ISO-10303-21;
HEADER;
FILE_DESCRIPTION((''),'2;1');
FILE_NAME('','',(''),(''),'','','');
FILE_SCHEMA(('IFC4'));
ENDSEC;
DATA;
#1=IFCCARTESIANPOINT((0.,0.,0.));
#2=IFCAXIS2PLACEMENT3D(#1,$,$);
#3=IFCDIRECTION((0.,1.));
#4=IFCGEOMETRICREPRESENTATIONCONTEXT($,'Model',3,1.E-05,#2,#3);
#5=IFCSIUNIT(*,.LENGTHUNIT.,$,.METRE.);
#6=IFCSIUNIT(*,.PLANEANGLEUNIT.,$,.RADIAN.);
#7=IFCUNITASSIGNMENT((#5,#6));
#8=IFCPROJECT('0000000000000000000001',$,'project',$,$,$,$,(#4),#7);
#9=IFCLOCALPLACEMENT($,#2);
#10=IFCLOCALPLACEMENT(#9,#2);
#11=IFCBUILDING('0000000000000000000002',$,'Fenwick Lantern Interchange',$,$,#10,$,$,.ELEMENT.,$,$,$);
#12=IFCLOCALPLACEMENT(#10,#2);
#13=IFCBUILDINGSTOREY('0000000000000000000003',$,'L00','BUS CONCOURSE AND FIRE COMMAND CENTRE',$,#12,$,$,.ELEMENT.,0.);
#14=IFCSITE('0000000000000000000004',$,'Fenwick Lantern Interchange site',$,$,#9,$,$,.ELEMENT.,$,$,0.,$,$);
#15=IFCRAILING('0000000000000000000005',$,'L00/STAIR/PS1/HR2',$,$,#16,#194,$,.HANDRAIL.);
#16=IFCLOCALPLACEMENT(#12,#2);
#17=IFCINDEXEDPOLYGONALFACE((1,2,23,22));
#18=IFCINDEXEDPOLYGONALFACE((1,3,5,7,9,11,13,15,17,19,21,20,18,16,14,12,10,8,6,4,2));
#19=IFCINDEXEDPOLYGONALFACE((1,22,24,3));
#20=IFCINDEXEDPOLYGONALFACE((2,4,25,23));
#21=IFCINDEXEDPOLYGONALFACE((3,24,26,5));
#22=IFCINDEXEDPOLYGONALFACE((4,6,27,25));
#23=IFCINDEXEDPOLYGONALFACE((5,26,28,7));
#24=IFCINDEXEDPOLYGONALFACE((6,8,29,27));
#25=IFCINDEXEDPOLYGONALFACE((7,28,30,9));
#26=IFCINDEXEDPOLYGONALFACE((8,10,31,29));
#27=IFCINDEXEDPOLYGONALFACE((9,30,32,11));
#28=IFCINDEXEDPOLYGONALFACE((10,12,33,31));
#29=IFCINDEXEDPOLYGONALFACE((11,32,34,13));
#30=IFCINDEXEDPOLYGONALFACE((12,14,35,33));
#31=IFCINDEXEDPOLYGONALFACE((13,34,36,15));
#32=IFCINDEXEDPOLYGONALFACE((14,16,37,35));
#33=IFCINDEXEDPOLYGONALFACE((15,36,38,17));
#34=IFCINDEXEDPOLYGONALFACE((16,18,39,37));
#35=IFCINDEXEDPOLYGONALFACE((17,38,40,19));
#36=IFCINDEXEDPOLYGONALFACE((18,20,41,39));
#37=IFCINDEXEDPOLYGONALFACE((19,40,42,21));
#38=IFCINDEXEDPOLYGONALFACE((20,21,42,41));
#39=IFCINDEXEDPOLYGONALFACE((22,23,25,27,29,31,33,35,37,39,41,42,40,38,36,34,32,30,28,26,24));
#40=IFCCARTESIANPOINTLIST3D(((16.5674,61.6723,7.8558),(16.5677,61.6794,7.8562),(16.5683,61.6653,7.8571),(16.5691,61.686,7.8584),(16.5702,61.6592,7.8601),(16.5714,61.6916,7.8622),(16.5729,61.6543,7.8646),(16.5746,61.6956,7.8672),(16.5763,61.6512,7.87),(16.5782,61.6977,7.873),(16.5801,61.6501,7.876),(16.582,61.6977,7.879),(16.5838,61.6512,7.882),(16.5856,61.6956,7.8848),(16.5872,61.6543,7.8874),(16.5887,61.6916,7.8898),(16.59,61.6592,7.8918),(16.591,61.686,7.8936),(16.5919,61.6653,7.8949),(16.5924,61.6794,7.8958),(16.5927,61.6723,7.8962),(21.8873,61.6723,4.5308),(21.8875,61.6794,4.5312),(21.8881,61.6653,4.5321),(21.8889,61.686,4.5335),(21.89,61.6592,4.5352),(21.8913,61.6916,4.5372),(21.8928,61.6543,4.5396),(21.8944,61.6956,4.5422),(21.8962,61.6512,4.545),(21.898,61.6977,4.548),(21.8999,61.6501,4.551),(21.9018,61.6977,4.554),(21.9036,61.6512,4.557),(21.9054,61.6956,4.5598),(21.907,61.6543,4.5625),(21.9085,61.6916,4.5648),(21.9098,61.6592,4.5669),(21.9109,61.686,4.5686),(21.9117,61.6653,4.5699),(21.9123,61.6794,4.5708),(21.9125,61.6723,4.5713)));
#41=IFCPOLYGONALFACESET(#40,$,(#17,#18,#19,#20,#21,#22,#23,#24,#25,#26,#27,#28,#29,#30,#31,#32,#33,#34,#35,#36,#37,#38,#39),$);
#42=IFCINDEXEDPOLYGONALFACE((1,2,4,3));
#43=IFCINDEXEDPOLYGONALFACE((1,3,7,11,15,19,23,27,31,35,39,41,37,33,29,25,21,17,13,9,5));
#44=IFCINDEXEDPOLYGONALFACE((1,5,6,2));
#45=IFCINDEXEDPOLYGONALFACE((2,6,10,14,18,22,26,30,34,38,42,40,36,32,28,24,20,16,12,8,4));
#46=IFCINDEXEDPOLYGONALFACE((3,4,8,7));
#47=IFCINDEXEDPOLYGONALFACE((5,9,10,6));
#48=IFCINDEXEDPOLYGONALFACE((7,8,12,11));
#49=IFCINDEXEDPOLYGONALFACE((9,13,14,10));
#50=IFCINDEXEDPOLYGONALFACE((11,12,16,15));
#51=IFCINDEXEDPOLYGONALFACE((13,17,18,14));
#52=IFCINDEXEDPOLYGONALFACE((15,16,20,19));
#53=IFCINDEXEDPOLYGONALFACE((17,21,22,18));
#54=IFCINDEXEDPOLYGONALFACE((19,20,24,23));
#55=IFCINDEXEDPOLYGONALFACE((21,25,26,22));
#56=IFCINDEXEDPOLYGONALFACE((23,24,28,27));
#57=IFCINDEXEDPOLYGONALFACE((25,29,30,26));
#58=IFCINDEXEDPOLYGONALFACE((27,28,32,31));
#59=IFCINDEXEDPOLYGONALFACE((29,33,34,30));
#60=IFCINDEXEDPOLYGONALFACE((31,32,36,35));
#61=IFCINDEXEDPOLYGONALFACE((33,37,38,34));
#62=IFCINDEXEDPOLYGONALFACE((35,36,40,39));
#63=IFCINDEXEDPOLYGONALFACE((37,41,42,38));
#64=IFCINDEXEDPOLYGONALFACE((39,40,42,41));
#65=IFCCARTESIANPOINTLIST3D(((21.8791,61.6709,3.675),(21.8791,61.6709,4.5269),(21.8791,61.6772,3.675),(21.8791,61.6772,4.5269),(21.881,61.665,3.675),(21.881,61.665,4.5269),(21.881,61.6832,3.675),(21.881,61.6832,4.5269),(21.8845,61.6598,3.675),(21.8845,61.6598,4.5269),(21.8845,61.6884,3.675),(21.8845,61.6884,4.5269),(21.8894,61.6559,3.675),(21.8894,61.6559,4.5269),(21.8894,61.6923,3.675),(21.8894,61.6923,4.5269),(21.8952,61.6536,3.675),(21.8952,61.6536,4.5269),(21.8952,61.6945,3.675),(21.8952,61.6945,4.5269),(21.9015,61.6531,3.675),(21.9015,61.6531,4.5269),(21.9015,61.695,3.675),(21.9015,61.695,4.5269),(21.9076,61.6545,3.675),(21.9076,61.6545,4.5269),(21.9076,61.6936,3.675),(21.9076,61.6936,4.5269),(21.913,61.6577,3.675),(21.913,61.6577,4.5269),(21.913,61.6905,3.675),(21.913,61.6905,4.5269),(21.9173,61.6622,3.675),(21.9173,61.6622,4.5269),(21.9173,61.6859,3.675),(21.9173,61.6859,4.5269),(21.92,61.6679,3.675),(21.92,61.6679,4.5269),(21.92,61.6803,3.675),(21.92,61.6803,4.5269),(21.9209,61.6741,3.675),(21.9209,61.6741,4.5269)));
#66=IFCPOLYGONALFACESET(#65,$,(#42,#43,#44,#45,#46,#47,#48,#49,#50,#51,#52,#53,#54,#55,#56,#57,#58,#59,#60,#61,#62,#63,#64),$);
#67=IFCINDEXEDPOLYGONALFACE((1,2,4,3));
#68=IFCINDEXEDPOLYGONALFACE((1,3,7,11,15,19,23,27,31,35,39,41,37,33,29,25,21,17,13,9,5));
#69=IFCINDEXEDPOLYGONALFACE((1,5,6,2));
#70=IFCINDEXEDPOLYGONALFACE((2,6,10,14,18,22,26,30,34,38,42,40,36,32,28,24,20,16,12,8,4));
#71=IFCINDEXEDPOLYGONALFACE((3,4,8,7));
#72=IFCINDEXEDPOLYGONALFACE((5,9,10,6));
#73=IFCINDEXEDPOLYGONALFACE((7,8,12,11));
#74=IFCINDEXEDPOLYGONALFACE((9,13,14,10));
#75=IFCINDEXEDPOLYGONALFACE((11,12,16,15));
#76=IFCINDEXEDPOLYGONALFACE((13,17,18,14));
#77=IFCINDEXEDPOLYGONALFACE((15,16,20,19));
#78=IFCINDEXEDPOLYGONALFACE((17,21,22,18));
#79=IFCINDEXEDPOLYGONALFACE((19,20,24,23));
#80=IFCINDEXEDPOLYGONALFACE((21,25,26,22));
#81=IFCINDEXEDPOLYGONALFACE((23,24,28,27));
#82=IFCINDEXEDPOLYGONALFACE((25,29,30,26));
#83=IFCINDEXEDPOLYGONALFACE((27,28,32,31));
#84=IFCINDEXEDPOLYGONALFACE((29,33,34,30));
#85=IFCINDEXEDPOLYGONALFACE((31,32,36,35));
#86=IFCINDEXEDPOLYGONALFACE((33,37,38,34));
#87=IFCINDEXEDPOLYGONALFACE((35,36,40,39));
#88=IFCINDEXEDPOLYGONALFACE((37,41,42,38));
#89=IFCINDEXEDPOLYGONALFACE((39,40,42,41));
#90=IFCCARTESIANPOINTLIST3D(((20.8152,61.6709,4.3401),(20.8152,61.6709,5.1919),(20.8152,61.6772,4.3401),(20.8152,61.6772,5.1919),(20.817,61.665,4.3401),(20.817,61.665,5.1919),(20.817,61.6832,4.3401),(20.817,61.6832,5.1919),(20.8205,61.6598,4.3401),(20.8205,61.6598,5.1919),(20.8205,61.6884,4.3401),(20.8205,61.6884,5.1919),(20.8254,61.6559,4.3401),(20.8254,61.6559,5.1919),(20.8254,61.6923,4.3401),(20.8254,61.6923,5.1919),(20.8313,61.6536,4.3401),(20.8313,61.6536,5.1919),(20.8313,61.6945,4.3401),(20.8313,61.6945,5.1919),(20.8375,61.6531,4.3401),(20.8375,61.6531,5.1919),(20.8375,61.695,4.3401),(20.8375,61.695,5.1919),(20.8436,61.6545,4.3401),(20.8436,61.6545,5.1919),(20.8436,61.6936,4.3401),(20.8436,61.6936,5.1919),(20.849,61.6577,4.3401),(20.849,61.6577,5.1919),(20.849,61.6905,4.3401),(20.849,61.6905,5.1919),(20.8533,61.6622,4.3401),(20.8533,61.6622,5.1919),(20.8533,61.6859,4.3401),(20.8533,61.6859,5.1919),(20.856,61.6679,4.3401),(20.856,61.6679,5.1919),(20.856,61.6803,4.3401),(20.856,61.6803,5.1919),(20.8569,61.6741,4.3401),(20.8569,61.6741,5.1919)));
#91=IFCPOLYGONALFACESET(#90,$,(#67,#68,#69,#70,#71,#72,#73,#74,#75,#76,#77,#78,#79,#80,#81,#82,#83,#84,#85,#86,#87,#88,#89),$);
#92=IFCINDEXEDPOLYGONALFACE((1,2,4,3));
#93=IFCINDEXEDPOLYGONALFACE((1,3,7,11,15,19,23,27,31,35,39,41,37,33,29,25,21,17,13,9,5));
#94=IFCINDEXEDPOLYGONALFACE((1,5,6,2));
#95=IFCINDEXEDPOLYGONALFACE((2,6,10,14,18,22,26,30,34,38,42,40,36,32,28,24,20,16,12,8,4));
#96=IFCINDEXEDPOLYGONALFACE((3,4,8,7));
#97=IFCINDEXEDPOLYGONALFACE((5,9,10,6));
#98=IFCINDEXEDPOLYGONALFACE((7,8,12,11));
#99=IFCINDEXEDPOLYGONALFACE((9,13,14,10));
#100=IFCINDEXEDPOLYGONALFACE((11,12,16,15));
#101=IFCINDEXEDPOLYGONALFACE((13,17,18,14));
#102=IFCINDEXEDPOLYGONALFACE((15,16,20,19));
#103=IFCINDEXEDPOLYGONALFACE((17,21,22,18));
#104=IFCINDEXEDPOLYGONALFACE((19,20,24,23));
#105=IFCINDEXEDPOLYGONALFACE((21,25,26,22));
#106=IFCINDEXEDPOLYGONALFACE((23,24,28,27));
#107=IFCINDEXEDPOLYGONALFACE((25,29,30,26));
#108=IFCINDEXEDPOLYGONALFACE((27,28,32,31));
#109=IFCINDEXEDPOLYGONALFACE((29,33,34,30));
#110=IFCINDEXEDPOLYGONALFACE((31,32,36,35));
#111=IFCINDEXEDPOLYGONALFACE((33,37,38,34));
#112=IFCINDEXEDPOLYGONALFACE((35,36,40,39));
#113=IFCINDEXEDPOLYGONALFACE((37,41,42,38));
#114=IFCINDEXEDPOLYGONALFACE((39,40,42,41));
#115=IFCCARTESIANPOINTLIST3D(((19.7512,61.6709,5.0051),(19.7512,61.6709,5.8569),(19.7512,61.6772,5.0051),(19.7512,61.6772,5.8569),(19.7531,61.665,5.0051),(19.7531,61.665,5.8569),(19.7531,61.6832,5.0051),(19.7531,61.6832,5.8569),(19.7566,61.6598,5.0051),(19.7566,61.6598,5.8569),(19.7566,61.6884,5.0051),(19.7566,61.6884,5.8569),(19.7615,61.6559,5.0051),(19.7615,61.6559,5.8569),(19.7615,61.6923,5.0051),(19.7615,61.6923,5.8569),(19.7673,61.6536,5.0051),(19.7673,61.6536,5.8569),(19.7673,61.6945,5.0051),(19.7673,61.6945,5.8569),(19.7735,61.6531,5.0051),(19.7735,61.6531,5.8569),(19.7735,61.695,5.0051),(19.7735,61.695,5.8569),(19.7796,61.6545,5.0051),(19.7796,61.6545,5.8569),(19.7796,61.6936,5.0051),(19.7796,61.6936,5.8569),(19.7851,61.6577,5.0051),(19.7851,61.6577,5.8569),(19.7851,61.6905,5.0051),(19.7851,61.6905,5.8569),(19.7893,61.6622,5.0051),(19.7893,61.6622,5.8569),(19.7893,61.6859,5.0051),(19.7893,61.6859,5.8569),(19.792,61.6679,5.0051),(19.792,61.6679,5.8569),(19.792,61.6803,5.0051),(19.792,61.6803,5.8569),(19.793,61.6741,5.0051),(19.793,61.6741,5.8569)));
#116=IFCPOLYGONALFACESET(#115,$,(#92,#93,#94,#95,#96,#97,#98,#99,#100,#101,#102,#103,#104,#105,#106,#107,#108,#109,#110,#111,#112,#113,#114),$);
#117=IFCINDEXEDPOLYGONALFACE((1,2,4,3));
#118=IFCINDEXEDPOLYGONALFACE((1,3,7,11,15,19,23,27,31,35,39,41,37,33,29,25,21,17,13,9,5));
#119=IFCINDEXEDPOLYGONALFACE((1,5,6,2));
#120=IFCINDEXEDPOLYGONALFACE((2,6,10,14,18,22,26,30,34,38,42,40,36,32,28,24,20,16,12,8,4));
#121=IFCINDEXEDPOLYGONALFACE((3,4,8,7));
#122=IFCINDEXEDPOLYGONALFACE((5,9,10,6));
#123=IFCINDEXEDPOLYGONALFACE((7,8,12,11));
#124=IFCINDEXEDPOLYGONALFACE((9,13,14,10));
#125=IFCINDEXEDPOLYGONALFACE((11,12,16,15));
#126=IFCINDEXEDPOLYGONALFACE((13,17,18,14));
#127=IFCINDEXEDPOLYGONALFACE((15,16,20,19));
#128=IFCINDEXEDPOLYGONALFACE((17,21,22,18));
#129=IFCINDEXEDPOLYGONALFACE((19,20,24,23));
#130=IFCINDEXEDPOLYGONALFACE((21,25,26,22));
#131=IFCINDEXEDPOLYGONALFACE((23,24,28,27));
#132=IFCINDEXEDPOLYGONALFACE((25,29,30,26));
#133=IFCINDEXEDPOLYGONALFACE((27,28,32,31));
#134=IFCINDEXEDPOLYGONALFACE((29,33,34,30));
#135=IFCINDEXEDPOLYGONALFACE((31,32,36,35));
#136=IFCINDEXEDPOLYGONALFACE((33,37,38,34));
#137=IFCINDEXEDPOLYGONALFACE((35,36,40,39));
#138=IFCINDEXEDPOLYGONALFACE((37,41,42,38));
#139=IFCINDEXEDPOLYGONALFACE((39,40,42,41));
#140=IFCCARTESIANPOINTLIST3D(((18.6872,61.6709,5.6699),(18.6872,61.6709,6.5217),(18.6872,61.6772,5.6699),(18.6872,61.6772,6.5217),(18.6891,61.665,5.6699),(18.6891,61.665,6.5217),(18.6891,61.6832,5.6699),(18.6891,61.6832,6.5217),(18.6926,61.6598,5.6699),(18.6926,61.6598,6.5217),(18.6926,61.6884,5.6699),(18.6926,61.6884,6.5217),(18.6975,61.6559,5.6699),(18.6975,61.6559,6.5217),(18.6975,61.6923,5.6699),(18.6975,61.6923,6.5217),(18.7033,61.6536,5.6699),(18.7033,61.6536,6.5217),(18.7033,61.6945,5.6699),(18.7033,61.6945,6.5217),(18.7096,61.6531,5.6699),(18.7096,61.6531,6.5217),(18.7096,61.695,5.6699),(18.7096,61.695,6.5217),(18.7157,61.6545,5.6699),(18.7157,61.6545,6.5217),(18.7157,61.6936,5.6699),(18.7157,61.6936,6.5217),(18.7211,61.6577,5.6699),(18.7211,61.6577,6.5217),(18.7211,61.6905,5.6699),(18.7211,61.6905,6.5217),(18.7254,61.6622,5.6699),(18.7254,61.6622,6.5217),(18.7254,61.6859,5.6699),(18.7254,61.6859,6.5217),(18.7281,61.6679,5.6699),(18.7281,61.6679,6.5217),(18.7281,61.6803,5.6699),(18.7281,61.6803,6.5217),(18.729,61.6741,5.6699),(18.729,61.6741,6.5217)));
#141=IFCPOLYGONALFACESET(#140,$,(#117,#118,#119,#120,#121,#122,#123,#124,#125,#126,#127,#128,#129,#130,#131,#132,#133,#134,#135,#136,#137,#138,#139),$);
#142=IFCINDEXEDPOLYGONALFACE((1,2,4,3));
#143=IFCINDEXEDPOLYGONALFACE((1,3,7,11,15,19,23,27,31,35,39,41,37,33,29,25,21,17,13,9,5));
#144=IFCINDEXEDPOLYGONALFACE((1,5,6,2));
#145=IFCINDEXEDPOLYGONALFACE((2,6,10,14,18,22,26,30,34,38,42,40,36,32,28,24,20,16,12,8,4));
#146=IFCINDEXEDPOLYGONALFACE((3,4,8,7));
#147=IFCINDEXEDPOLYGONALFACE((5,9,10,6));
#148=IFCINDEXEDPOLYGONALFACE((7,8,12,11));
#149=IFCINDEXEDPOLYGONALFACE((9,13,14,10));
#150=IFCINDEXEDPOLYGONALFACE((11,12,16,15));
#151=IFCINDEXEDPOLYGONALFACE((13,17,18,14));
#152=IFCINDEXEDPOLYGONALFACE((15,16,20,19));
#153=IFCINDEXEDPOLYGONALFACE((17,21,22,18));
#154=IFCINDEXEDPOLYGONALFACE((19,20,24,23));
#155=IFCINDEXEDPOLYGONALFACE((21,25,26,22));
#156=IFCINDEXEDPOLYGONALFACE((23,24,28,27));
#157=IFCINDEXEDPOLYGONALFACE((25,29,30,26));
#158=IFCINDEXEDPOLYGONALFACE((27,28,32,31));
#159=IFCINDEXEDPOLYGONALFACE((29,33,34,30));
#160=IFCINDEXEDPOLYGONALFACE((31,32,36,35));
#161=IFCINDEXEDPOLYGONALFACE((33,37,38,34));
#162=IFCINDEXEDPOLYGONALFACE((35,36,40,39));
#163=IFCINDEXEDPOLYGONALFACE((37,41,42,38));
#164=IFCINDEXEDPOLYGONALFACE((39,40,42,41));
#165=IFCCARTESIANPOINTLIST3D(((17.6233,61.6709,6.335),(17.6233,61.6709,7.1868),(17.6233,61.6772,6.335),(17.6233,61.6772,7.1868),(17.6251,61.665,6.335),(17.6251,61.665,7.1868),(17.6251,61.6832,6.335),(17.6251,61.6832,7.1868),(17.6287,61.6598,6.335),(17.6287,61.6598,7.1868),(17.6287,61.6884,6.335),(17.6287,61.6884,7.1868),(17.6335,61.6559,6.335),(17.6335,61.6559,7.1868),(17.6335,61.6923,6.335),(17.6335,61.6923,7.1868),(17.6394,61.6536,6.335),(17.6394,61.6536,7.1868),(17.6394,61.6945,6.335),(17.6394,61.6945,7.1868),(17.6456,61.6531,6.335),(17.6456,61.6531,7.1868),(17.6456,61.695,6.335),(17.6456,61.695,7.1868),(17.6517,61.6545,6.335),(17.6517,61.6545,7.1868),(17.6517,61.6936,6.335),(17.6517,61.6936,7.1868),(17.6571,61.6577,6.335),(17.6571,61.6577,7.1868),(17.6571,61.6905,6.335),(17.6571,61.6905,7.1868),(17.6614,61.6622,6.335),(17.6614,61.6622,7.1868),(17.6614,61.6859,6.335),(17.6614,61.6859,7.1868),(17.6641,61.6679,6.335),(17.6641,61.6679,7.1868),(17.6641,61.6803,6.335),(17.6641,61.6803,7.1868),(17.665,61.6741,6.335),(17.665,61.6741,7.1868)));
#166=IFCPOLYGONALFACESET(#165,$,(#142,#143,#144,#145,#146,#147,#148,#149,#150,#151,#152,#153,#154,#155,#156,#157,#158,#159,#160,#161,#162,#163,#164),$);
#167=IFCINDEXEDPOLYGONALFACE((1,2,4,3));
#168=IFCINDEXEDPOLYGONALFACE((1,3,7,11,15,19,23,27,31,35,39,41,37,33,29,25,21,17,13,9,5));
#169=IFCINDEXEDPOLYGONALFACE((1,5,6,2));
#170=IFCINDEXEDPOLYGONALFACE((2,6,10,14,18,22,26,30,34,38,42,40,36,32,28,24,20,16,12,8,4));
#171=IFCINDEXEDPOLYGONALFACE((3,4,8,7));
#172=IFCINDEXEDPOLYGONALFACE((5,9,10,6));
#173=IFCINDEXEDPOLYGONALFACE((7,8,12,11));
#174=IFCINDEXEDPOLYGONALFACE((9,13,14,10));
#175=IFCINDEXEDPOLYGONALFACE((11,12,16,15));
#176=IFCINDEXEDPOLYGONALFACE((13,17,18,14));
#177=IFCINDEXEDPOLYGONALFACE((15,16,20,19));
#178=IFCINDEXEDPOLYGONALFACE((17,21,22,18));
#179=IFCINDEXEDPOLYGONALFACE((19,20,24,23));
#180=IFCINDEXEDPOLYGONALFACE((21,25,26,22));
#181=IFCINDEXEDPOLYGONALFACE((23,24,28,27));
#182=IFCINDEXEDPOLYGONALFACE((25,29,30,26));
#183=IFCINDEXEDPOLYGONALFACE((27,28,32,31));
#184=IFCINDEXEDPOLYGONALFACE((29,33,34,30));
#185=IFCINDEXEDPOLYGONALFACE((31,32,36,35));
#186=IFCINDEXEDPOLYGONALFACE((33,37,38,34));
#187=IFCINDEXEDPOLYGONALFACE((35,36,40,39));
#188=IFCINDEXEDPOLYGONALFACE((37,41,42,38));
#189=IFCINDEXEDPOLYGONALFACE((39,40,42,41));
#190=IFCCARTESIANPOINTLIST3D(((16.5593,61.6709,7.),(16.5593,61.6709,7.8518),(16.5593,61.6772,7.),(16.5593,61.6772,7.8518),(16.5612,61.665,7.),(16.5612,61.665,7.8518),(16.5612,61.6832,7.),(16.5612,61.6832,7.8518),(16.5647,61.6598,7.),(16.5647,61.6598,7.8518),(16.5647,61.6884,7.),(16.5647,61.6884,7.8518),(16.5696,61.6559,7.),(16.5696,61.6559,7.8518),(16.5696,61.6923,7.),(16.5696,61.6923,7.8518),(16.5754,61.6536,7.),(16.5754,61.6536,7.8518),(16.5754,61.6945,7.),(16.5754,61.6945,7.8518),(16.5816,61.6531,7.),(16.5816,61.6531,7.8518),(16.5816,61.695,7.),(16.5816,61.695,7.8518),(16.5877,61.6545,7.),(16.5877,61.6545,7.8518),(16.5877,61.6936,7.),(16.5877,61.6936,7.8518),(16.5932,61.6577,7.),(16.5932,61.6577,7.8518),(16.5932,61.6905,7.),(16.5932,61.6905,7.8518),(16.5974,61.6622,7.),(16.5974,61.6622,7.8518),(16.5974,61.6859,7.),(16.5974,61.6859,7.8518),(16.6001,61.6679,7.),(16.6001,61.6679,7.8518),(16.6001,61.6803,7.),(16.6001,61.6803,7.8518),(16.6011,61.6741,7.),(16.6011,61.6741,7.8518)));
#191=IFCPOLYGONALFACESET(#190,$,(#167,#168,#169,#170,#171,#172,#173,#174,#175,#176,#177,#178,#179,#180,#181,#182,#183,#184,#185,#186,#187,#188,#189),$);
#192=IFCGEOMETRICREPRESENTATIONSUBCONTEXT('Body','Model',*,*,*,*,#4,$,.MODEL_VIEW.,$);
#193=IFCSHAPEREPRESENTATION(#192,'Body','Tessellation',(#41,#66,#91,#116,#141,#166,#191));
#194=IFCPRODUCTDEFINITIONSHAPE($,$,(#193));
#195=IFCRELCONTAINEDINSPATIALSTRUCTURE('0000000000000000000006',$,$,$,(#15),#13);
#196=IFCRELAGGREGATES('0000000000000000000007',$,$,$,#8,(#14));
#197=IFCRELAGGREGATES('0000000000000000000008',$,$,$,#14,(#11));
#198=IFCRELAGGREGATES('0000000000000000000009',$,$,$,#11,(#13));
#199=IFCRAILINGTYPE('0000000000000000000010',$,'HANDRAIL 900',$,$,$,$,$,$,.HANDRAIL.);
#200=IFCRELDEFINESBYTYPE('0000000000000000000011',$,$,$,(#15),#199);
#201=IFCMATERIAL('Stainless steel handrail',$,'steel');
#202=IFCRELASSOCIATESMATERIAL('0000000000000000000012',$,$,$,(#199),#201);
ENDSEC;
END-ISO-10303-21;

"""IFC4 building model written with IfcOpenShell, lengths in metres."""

from ifc_helpers import new_model, si_unit, direction, frame, origin, origin_2d, place, context, subcontext, project, spatial, circle, extrude, material, type_object, element, save


model = new_model("IFC4")

# Units and contexts
model_context = context("Model", 3, precision=1e-05, world=origin(), true_north=direction((0.0, 1.0)))
body_context = subcontext(model_context, "Body", "Model", "MODEL_VIEW")
ifc_project = project(units=[si_unit("LENGTHUNIT", "METRE"), si_unit("PLANEANGLEUNIT", "RADIAN")], contexts=[model_context])

# Site, building, storey
site_placement = place(None, origin())
site = spatial("IfcSite", under=ifc_project, at=site_placement, Name="Fenwick Lantern Interchange site", CompositionType="ELEMENT", RefElevation=0.0)
building_placement = place(site_placement, origin())
building = spatial("IfcBuilding", under=site, at=building_placement, Name="Fenwick Lantern Interchange", CompositionType="ELEMENT")
storey_placement = place(building_placement, origin())
storey = spatial("IfcBuildingStorey", under=building, at=storey_placement, Name="L00", Description="BUS CONCOURSE AND FIRE COMMAND CENTRE", CompositionType="ELEMENT", Elevation=0.0)

# Railing
ifc_material_1 = material(Name="Stainless steel handrail", Category="steel")
railing_type = type_object("IfcRailingType", Name="HANDRAIL 900", PredefinedType="HANDRAIL", material=ifc_material_1)
railing_placement = place(storey_placement, frame((21.8999, 61.6741, 3.675)))
element("IfcRailing", 1, at=railing_placement, inside=storey, type_object=railing_type, Name="L00/STAIR/PS1/HR2", PredefinedType="HANDRAIL", context=body_context, shape_type="SweptSolid", body=[
    extrude(circle(Radius=0.0239, at=origin_2d()), frame((0.0, 0.0, 0.876), z_axis=(-0.847994, 0.0, 0.530006), x_axis=(0.0, -1.0, 0.0)), (0.0, 0.0, 1.0), 6.2734),
    extrude(circle(Radius=0.021, at=origin_2d()), origin(), (0.0, 0.0, 1.0), 0.8518),
    extrude(circle(Radius=0.021, at=origin_2d()), frame((-1.064, 0.0, 0.665)), (0.0, 0.0, 1.0), 0.8518),
    extrude(circle(Radius=0.021, at=origin_2d()), frame((-2.1279, 0.0, 1.3301)), (0.0, 0.0, 1.0), 0.8518),
    extrude(circle(Radius=0.021, at=origin_2d()), frame((-3.1919, 0.0, 1.9949)), (0.0, 0.0, 1.0), 0.8518),
    extrude(circle(Radius=0.021, at=origin_2d()), frame((-4.2559, 0.0, 2.6599)), (0.0, 0.0, 1.0), 0.8518),
    extrude(circle(Radius=0.021, at=origin_2d()), frame((-5.3198, 0.0, 3.325)), (0.0, 0.0, 1.0), 0.8518),
])

save(model, "model.ifc")
